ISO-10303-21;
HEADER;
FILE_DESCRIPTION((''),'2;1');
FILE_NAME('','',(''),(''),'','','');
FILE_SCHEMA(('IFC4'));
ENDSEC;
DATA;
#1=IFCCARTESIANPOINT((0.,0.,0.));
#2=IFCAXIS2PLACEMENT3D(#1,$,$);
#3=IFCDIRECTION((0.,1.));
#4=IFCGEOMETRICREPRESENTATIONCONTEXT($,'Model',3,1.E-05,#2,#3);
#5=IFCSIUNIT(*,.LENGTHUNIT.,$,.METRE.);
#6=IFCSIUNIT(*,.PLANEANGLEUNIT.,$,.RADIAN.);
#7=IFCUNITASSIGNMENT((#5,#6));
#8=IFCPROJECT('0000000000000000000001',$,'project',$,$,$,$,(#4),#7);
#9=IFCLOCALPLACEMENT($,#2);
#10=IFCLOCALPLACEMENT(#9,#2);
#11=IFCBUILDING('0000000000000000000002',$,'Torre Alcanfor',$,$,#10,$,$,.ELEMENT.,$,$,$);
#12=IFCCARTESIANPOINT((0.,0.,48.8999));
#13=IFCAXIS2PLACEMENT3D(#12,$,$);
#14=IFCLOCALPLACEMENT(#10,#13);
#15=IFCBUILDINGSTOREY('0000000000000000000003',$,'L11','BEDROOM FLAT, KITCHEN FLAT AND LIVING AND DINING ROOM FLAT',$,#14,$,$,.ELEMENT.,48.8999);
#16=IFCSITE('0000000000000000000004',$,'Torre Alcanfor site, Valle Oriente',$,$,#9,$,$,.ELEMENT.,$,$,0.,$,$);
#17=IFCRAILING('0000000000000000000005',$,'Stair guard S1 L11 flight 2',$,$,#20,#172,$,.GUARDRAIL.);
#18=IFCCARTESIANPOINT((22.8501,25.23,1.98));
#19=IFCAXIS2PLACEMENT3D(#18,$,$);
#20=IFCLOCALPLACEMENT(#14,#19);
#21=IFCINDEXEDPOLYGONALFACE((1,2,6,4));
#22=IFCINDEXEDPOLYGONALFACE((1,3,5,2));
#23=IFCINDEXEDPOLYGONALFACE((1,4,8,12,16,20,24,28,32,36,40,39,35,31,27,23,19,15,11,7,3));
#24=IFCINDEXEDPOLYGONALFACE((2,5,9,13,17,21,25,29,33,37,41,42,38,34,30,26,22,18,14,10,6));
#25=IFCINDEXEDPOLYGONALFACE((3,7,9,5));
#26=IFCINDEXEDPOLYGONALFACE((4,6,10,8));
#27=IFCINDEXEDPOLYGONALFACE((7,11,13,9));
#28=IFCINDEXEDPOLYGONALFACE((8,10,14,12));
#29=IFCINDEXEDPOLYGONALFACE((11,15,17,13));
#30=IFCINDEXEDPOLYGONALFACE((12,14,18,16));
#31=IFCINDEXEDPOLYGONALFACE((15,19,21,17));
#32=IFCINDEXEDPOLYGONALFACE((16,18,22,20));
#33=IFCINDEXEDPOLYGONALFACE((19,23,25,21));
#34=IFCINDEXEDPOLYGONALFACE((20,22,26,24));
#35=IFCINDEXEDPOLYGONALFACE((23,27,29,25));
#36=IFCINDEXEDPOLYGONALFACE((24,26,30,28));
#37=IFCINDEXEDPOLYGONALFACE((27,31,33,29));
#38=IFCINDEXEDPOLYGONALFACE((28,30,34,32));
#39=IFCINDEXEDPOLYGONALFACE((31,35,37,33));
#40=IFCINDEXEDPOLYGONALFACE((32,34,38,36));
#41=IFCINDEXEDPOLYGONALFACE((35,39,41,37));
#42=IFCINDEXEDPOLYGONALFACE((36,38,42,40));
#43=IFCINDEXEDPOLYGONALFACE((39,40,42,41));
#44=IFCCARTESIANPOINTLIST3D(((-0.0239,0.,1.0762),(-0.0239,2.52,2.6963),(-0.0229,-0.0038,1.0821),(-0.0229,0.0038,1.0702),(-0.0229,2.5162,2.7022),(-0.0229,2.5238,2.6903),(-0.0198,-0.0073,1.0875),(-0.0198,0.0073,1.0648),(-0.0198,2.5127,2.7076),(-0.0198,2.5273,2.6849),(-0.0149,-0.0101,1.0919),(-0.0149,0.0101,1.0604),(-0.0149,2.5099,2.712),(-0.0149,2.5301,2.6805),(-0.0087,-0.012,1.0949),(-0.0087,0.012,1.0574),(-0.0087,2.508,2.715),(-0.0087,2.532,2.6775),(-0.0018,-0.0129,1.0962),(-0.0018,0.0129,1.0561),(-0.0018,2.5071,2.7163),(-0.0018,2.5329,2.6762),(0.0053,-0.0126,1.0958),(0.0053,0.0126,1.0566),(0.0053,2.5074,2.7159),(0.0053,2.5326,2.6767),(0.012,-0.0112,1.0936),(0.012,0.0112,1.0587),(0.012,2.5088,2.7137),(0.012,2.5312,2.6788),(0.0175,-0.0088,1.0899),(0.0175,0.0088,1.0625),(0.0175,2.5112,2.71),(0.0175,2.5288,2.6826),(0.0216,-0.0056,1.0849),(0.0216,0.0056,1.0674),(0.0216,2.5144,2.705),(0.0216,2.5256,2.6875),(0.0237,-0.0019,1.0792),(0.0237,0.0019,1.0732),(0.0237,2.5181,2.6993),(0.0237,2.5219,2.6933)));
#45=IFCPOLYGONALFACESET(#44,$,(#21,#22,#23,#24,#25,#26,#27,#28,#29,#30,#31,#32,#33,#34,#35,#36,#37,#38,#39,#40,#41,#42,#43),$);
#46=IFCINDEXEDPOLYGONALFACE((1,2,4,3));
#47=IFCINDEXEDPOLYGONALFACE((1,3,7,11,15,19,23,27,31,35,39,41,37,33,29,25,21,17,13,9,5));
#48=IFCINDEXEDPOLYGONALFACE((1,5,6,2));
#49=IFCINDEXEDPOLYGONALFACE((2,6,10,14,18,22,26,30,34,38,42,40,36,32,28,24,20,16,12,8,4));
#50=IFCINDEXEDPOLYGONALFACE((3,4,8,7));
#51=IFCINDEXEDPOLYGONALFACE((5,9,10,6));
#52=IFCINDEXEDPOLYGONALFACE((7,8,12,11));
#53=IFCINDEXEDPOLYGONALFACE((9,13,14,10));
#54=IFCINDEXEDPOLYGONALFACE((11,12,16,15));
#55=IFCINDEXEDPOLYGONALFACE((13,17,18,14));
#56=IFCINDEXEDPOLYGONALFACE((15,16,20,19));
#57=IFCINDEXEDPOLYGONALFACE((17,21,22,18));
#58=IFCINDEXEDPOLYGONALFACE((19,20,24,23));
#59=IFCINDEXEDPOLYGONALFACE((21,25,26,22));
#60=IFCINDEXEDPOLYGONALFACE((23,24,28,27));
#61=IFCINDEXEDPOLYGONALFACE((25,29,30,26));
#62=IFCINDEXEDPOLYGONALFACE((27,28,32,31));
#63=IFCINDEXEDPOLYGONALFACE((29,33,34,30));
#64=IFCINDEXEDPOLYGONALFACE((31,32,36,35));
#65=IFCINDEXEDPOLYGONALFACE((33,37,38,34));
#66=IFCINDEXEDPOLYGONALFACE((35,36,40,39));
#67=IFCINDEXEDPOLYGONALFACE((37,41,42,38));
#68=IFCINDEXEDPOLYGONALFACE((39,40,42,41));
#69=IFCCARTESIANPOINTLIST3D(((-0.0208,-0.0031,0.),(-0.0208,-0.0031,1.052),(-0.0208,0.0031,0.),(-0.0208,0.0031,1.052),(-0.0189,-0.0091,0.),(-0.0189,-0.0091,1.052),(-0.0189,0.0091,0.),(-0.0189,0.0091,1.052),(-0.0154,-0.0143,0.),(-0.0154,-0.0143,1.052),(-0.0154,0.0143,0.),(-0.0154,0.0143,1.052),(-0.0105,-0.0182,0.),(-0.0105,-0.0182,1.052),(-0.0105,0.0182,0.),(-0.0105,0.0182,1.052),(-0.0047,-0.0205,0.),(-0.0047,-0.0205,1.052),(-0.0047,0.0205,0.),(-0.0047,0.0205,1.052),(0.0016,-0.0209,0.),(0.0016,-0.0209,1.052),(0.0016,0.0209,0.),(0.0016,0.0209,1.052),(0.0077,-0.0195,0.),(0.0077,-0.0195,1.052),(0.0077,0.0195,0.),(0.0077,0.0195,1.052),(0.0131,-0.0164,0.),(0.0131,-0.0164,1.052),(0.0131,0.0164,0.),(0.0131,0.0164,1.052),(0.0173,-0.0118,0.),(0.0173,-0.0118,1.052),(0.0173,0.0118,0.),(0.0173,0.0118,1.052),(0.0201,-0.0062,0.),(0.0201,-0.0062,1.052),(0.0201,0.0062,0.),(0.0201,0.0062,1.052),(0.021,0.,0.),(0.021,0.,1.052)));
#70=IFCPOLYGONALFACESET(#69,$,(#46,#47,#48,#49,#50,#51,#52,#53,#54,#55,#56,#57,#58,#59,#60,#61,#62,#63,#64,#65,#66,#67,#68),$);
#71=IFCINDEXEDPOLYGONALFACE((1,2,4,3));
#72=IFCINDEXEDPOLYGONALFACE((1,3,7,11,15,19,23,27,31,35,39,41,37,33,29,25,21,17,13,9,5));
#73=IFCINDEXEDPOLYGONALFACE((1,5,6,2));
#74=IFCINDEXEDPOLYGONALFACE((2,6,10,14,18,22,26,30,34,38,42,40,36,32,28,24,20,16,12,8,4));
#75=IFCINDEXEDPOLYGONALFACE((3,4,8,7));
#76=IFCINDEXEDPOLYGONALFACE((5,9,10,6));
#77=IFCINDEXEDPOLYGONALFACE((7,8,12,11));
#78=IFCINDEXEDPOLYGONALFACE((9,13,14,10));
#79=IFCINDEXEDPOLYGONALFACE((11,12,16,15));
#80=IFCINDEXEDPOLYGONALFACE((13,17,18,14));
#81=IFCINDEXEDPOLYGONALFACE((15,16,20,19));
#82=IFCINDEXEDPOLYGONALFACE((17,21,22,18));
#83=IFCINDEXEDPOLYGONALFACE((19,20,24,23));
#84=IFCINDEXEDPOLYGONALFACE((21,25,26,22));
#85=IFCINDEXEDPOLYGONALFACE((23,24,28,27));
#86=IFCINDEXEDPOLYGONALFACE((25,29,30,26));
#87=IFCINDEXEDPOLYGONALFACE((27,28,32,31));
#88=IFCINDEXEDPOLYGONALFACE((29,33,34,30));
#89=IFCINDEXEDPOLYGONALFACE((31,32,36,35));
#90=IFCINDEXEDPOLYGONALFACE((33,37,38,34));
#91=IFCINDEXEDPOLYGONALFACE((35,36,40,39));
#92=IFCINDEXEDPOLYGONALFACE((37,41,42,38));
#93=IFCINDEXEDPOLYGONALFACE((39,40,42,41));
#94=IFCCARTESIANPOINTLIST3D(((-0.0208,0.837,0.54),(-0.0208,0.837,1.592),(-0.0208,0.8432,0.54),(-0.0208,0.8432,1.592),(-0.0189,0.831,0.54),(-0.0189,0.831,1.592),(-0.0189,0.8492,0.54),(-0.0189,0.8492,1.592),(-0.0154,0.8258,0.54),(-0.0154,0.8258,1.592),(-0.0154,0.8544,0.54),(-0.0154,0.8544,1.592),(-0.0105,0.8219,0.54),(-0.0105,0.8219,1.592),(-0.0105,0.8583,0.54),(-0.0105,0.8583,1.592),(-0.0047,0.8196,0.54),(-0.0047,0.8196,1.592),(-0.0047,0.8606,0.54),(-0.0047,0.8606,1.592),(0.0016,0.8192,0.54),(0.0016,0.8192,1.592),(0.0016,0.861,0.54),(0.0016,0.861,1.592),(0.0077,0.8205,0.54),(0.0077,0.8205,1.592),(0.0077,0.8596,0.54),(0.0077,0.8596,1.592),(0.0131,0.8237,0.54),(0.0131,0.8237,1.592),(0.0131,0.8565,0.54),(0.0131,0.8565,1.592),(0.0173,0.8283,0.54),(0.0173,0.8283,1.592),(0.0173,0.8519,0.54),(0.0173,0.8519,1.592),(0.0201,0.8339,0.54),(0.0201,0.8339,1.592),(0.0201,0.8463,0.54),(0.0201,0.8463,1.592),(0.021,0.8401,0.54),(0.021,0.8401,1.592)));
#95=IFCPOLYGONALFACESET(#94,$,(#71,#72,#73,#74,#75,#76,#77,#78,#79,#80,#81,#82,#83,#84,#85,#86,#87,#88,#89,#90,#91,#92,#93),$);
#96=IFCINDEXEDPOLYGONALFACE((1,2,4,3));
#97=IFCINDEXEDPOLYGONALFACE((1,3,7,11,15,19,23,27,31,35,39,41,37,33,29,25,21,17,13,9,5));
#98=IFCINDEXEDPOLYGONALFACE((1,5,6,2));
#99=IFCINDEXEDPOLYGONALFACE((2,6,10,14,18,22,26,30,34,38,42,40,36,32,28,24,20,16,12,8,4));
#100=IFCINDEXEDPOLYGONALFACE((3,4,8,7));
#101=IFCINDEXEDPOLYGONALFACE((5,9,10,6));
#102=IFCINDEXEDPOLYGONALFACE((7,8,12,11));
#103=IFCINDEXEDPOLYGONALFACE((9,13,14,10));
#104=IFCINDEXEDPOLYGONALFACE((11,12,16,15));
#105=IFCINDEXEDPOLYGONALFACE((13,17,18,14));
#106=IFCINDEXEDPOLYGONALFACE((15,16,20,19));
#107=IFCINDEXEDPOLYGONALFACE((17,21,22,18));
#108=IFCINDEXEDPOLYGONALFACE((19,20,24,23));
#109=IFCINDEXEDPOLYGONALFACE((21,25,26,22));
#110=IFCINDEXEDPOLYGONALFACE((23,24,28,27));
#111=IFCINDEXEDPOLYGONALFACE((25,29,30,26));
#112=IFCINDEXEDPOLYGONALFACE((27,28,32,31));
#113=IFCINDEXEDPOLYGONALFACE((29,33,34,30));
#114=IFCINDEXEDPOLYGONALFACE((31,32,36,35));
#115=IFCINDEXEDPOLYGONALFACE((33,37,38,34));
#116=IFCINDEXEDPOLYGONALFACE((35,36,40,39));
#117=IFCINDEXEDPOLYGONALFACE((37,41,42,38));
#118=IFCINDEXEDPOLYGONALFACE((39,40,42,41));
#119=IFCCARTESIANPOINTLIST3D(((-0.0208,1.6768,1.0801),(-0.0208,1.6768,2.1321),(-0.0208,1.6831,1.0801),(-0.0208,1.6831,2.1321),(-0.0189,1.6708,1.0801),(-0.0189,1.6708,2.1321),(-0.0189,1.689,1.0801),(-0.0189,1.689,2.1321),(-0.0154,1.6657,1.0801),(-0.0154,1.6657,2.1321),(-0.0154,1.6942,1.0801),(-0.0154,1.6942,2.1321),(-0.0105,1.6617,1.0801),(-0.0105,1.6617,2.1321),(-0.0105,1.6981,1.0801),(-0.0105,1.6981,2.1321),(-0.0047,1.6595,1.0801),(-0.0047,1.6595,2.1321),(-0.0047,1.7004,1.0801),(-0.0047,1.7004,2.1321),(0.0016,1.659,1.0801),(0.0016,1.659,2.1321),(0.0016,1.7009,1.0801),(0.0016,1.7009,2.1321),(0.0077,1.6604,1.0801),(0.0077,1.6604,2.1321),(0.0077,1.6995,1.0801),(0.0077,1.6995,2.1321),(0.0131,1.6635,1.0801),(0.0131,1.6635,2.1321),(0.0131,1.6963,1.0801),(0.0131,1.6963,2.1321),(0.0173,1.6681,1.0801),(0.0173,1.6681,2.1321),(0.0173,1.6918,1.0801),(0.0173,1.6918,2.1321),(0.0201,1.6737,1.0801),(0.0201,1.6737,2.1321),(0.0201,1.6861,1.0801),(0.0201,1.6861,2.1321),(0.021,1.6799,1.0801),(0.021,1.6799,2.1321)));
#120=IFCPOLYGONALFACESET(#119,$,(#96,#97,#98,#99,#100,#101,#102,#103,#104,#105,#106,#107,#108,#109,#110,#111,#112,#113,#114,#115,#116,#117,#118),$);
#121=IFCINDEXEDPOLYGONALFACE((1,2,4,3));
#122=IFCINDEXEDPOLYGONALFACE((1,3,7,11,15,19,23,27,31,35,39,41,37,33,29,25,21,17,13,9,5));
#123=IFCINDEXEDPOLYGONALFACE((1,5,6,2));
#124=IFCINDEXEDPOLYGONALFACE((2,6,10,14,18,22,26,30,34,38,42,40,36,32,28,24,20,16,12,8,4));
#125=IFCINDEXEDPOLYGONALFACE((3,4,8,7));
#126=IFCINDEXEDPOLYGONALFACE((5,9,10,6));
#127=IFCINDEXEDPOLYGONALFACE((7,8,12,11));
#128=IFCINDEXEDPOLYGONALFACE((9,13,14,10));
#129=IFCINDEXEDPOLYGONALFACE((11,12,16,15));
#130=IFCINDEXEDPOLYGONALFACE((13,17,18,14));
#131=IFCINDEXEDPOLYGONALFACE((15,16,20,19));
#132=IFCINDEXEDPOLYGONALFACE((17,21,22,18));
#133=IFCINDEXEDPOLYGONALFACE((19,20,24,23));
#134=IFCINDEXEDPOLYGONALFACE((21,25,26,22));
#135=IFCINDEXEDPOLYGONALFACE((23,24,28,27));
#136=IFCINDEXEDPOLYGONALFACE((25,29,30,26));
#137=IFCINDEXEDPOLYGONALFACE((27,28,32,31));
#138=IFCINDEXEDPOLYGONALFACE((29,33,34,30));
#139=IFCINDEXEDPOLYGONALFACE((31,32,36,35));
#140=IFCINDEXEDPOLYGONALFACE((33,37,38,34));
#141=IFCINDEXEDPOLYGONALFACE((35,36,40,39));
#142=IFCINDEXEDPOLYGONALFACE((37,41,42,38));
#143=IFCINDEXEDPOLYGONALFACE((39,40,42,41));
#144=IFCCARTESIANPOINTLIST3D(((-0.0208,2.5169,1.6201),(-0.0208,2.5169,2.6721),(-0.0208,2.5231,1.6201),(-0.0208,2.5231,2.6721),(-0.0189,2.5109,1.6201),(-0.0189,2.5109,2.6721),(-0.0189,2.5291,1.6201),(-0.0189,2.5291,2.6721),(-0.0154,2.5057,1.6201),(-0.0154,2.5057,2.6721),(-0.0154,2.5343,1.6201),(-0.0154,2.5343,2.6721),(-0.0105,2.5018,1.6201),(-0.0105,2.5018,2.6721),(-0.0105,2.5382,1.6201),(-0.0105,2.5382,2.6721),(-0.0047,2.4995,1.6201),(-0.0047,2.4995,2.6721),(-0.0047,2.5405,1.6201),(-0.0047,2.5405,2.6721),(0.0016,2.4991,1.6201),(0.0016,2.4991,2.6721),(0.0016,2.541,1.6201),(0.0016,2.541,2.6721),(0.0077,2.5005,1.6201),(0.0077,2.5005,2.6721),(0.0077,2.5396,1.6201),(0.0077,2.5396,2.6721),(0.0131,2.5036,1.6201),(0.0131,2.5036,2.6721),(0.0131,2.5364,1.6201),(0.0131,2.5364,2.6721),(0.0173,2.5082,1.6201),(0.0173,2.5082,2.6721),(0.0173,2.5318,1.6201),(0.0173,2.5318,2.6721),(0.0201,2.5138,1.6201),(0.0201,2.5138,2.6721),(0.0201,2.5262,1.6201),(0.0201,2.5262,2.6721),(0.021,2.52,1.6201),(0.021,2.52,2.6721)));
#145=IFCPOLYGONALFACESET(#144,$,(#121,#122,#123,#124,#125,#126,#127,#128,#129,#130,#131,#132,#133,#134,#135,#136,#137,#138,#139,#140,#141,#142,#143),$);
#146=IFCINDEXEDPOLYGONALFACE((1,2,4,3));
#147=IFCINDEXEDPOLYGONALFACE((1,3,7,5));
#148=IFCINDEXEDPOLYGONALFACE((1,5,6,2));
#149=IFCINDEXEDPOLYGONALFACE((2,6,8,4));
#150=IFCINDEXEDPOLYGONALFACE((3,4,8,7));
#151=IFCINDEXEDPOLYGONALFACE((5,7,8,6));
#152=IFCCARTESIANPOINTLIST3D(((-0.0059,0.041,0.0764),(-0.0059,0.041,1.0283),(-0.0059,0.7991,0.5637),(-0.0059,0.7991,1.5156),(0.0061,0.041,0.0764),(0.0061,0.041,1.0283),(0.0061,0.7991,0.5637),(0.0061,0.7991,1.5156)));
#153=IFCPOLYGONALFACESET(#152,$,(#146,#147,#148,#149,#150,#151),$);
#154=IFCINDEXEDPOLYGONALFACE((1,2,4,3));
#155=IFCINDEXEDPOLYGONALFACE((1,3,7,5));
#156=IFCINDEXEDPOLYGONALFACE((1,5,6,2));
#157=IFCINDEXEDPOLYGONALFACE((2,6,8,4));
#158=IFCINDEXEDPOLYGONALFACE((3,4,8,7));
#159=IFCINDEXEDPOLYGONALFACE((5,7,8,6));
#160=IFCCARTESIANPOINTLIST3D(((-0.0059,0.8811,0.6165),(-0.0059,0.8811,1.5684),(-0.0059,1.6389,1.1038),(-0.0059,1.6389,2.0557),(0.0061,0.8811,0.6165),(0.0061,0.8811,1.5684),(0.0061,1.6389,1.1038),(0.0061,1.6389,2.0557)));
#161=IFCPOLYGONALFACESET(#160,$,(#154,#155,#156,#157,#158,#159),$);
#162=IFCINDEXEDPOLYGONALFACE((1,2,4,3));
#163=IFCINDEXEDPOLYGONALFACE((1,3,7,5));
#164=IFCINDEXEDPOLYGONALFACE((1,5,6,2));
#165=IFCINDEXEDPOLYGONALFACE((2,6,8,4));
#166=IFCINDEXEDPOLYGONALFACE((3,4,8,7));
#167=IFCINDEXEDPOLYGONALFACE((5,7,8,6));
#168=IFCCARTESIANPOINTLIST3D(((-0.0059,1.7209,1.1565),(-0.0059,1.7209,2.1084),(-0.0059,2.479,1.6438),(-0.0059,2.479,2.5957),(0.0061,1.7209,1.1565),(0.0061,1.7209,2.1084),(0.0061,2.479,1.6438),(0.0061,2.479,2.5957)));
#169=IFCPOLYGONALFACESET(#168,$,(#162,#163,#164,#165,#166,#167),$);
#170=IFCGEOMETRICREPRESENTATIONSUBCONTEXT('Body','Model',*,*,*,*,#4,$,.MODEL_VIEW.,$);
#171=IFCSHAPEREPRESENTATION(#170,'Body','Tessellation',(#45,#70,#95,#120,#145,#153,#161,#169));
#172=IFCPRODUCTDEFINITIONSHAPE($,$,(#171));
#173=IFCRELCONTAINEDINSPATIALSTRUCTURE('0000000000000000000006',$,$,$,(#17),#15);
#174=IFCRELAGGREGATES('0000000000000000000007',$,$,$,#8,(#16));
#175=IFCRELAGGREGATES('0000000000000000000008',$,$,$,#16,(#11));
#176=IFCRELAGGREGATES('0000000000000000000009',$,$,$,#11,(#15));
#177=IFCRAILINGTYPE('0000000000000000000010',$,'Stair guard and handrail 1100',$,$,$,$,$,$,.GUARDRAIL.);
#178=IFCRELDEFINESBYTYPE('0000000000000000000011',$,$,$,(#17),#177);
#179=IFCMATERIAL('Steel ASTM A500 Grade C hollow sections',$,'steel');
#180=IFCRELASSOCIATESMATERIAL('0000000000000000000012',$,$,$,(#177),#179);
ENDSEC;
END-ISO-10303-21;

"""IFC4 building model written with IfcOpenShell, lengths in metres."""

from ifc_helpers import new_model, si_unit, direction, frame, origin, origin_2d, place, context, subcontext, project, spatial, polyline, circle, outline, extrude, material, type_object, element, save


model = new_model("IFC4")

# Units and contexts
model_context = context("Model", 3, precision=1e-05, world=origin(), true_north=direction((0.0, 1.0)))
body_context = subcontext(model_context, "Body", "Model", "MODEL_VIEW")
ifc_project = project(units=[si_unit("LENGTHUNIT", "METRE"), si_unit("PLANEANGLEUNIT", "RADIAN")], contexts=[model_context])

# Site, building, storey
site_placement = place(None, origin())
site = spatial("IfcSite", under=ifc_project, at=site_placement, Name="Torre Alcanfor site, Valle Oriente", CompositionType="ELEMENT", RefElevation=0.0)
building_placement = place(site_placement, origin())
building = spatial("IfcBuilding", under=site, at=building_placement, Name="Torre Alcanfor", CompositionType="ELEMENT")
storey_placement = place(building_placement, frame((0.0, 0.0, 48.8999)))
storey = spatial("IfcBuildingStorey", under=building, at=storey_placement, Name="L11", Description="BEDROOM FLAT, KITCHEN FLAT AND LIVING AND DINING ROOM FLAT", CompositionType="ELEMENT", Elevation=48.8999)

# Railing
ifc_material_1 = material(Name="Steel ASTM A500 Grade C hollow sections", Category="steel")
railing_type_1 = type_object("IfcRailingType", Name="Stair guard and handrail 1100", PredefinedType="GUARDRAIL", material=ifc_material_1)
railing_1_placement = place(storey_placement, frame((22.8501, 25.23, 1.98)))
element("IfcRailing", 1, at=railing_1_placement, inside=storey, type_object=railing_type_1, Name="Stair guard S1 L11 flight 2", PredefinedType="GUARDRAIL", context=body_context, shape_type="SweptSolid", body=[
    extrude(circle(Radius=0.0239, at=origin_2d()), frame((0.0, 0.0, 1.0762), z_axis=(0.0, 0.841163, 0.540782), x_axis=(-1.0, 0.0, 0.0)), (0.0, 0.0, 1.0), 2.9958),
    extrude(circle(Radius=0.021, at=origin_2d()), origin(), (0.0, 0.0, 1.0), 1.052),
    extrude(circle(Radius=0.021, at=origin_2d()), frame((0.0, 0.8401, 0.54)), (0.0, 0.0, 1.0), 1.052),
    extrude(circle(Radius=0.021, at=origin_2d()), frame((0.0, 1.6799, 1.0801)), (0.0, 0.0, 1.0), 1.052),
    extrude(circle(Radius=0.021, at=origin_2d()), frame((0.0, 2.52, 1.6201)), (0.0, 0.0, 1.0), 1.052),
    extrude(outline(polyline([(0.041, 0.0764), (0.7991, 0.5637), (0.7991, 1.5156), (0.041, 1.0283), (0.041, 0.0764)])), frame((-0.0059, 0.0, 0.0), z_axis=(1.0, 0.0, 0.0), x_axis=(0.0, 1.0, 0.0)), (0.0, 0.0, 1.0), 0.012),
    extrude(outline(polyline([(0.8811, 0.6165), (1.6389, 1.1038), (1.6389, 2.0557), (0.8811, 1.5684), (0.8811, 0.6165)])), frame((-0.0059, 0.0, 0.0), z_axis=(1.0, 0.0, 0.0), x_axis=(0.0, 1.0, 0.0)), (0.0, 0.0, 1.0), 0.012),
    extrude(outline(polyline([(1.7209, 1.1565), (2.479, 1.6438), (2.479, 2.5957), (1.7209, 2.1084), (1.7209, 1.1565)])), frame((-0.0059, 0.0, 0.0), z_axis=(1.0, 0.0, 0.0), x_axis=(0.0, 1.0, 0.0)), (0.0, 0.0, 1.0), 0.012),
])

save(model, "model.ifc")
